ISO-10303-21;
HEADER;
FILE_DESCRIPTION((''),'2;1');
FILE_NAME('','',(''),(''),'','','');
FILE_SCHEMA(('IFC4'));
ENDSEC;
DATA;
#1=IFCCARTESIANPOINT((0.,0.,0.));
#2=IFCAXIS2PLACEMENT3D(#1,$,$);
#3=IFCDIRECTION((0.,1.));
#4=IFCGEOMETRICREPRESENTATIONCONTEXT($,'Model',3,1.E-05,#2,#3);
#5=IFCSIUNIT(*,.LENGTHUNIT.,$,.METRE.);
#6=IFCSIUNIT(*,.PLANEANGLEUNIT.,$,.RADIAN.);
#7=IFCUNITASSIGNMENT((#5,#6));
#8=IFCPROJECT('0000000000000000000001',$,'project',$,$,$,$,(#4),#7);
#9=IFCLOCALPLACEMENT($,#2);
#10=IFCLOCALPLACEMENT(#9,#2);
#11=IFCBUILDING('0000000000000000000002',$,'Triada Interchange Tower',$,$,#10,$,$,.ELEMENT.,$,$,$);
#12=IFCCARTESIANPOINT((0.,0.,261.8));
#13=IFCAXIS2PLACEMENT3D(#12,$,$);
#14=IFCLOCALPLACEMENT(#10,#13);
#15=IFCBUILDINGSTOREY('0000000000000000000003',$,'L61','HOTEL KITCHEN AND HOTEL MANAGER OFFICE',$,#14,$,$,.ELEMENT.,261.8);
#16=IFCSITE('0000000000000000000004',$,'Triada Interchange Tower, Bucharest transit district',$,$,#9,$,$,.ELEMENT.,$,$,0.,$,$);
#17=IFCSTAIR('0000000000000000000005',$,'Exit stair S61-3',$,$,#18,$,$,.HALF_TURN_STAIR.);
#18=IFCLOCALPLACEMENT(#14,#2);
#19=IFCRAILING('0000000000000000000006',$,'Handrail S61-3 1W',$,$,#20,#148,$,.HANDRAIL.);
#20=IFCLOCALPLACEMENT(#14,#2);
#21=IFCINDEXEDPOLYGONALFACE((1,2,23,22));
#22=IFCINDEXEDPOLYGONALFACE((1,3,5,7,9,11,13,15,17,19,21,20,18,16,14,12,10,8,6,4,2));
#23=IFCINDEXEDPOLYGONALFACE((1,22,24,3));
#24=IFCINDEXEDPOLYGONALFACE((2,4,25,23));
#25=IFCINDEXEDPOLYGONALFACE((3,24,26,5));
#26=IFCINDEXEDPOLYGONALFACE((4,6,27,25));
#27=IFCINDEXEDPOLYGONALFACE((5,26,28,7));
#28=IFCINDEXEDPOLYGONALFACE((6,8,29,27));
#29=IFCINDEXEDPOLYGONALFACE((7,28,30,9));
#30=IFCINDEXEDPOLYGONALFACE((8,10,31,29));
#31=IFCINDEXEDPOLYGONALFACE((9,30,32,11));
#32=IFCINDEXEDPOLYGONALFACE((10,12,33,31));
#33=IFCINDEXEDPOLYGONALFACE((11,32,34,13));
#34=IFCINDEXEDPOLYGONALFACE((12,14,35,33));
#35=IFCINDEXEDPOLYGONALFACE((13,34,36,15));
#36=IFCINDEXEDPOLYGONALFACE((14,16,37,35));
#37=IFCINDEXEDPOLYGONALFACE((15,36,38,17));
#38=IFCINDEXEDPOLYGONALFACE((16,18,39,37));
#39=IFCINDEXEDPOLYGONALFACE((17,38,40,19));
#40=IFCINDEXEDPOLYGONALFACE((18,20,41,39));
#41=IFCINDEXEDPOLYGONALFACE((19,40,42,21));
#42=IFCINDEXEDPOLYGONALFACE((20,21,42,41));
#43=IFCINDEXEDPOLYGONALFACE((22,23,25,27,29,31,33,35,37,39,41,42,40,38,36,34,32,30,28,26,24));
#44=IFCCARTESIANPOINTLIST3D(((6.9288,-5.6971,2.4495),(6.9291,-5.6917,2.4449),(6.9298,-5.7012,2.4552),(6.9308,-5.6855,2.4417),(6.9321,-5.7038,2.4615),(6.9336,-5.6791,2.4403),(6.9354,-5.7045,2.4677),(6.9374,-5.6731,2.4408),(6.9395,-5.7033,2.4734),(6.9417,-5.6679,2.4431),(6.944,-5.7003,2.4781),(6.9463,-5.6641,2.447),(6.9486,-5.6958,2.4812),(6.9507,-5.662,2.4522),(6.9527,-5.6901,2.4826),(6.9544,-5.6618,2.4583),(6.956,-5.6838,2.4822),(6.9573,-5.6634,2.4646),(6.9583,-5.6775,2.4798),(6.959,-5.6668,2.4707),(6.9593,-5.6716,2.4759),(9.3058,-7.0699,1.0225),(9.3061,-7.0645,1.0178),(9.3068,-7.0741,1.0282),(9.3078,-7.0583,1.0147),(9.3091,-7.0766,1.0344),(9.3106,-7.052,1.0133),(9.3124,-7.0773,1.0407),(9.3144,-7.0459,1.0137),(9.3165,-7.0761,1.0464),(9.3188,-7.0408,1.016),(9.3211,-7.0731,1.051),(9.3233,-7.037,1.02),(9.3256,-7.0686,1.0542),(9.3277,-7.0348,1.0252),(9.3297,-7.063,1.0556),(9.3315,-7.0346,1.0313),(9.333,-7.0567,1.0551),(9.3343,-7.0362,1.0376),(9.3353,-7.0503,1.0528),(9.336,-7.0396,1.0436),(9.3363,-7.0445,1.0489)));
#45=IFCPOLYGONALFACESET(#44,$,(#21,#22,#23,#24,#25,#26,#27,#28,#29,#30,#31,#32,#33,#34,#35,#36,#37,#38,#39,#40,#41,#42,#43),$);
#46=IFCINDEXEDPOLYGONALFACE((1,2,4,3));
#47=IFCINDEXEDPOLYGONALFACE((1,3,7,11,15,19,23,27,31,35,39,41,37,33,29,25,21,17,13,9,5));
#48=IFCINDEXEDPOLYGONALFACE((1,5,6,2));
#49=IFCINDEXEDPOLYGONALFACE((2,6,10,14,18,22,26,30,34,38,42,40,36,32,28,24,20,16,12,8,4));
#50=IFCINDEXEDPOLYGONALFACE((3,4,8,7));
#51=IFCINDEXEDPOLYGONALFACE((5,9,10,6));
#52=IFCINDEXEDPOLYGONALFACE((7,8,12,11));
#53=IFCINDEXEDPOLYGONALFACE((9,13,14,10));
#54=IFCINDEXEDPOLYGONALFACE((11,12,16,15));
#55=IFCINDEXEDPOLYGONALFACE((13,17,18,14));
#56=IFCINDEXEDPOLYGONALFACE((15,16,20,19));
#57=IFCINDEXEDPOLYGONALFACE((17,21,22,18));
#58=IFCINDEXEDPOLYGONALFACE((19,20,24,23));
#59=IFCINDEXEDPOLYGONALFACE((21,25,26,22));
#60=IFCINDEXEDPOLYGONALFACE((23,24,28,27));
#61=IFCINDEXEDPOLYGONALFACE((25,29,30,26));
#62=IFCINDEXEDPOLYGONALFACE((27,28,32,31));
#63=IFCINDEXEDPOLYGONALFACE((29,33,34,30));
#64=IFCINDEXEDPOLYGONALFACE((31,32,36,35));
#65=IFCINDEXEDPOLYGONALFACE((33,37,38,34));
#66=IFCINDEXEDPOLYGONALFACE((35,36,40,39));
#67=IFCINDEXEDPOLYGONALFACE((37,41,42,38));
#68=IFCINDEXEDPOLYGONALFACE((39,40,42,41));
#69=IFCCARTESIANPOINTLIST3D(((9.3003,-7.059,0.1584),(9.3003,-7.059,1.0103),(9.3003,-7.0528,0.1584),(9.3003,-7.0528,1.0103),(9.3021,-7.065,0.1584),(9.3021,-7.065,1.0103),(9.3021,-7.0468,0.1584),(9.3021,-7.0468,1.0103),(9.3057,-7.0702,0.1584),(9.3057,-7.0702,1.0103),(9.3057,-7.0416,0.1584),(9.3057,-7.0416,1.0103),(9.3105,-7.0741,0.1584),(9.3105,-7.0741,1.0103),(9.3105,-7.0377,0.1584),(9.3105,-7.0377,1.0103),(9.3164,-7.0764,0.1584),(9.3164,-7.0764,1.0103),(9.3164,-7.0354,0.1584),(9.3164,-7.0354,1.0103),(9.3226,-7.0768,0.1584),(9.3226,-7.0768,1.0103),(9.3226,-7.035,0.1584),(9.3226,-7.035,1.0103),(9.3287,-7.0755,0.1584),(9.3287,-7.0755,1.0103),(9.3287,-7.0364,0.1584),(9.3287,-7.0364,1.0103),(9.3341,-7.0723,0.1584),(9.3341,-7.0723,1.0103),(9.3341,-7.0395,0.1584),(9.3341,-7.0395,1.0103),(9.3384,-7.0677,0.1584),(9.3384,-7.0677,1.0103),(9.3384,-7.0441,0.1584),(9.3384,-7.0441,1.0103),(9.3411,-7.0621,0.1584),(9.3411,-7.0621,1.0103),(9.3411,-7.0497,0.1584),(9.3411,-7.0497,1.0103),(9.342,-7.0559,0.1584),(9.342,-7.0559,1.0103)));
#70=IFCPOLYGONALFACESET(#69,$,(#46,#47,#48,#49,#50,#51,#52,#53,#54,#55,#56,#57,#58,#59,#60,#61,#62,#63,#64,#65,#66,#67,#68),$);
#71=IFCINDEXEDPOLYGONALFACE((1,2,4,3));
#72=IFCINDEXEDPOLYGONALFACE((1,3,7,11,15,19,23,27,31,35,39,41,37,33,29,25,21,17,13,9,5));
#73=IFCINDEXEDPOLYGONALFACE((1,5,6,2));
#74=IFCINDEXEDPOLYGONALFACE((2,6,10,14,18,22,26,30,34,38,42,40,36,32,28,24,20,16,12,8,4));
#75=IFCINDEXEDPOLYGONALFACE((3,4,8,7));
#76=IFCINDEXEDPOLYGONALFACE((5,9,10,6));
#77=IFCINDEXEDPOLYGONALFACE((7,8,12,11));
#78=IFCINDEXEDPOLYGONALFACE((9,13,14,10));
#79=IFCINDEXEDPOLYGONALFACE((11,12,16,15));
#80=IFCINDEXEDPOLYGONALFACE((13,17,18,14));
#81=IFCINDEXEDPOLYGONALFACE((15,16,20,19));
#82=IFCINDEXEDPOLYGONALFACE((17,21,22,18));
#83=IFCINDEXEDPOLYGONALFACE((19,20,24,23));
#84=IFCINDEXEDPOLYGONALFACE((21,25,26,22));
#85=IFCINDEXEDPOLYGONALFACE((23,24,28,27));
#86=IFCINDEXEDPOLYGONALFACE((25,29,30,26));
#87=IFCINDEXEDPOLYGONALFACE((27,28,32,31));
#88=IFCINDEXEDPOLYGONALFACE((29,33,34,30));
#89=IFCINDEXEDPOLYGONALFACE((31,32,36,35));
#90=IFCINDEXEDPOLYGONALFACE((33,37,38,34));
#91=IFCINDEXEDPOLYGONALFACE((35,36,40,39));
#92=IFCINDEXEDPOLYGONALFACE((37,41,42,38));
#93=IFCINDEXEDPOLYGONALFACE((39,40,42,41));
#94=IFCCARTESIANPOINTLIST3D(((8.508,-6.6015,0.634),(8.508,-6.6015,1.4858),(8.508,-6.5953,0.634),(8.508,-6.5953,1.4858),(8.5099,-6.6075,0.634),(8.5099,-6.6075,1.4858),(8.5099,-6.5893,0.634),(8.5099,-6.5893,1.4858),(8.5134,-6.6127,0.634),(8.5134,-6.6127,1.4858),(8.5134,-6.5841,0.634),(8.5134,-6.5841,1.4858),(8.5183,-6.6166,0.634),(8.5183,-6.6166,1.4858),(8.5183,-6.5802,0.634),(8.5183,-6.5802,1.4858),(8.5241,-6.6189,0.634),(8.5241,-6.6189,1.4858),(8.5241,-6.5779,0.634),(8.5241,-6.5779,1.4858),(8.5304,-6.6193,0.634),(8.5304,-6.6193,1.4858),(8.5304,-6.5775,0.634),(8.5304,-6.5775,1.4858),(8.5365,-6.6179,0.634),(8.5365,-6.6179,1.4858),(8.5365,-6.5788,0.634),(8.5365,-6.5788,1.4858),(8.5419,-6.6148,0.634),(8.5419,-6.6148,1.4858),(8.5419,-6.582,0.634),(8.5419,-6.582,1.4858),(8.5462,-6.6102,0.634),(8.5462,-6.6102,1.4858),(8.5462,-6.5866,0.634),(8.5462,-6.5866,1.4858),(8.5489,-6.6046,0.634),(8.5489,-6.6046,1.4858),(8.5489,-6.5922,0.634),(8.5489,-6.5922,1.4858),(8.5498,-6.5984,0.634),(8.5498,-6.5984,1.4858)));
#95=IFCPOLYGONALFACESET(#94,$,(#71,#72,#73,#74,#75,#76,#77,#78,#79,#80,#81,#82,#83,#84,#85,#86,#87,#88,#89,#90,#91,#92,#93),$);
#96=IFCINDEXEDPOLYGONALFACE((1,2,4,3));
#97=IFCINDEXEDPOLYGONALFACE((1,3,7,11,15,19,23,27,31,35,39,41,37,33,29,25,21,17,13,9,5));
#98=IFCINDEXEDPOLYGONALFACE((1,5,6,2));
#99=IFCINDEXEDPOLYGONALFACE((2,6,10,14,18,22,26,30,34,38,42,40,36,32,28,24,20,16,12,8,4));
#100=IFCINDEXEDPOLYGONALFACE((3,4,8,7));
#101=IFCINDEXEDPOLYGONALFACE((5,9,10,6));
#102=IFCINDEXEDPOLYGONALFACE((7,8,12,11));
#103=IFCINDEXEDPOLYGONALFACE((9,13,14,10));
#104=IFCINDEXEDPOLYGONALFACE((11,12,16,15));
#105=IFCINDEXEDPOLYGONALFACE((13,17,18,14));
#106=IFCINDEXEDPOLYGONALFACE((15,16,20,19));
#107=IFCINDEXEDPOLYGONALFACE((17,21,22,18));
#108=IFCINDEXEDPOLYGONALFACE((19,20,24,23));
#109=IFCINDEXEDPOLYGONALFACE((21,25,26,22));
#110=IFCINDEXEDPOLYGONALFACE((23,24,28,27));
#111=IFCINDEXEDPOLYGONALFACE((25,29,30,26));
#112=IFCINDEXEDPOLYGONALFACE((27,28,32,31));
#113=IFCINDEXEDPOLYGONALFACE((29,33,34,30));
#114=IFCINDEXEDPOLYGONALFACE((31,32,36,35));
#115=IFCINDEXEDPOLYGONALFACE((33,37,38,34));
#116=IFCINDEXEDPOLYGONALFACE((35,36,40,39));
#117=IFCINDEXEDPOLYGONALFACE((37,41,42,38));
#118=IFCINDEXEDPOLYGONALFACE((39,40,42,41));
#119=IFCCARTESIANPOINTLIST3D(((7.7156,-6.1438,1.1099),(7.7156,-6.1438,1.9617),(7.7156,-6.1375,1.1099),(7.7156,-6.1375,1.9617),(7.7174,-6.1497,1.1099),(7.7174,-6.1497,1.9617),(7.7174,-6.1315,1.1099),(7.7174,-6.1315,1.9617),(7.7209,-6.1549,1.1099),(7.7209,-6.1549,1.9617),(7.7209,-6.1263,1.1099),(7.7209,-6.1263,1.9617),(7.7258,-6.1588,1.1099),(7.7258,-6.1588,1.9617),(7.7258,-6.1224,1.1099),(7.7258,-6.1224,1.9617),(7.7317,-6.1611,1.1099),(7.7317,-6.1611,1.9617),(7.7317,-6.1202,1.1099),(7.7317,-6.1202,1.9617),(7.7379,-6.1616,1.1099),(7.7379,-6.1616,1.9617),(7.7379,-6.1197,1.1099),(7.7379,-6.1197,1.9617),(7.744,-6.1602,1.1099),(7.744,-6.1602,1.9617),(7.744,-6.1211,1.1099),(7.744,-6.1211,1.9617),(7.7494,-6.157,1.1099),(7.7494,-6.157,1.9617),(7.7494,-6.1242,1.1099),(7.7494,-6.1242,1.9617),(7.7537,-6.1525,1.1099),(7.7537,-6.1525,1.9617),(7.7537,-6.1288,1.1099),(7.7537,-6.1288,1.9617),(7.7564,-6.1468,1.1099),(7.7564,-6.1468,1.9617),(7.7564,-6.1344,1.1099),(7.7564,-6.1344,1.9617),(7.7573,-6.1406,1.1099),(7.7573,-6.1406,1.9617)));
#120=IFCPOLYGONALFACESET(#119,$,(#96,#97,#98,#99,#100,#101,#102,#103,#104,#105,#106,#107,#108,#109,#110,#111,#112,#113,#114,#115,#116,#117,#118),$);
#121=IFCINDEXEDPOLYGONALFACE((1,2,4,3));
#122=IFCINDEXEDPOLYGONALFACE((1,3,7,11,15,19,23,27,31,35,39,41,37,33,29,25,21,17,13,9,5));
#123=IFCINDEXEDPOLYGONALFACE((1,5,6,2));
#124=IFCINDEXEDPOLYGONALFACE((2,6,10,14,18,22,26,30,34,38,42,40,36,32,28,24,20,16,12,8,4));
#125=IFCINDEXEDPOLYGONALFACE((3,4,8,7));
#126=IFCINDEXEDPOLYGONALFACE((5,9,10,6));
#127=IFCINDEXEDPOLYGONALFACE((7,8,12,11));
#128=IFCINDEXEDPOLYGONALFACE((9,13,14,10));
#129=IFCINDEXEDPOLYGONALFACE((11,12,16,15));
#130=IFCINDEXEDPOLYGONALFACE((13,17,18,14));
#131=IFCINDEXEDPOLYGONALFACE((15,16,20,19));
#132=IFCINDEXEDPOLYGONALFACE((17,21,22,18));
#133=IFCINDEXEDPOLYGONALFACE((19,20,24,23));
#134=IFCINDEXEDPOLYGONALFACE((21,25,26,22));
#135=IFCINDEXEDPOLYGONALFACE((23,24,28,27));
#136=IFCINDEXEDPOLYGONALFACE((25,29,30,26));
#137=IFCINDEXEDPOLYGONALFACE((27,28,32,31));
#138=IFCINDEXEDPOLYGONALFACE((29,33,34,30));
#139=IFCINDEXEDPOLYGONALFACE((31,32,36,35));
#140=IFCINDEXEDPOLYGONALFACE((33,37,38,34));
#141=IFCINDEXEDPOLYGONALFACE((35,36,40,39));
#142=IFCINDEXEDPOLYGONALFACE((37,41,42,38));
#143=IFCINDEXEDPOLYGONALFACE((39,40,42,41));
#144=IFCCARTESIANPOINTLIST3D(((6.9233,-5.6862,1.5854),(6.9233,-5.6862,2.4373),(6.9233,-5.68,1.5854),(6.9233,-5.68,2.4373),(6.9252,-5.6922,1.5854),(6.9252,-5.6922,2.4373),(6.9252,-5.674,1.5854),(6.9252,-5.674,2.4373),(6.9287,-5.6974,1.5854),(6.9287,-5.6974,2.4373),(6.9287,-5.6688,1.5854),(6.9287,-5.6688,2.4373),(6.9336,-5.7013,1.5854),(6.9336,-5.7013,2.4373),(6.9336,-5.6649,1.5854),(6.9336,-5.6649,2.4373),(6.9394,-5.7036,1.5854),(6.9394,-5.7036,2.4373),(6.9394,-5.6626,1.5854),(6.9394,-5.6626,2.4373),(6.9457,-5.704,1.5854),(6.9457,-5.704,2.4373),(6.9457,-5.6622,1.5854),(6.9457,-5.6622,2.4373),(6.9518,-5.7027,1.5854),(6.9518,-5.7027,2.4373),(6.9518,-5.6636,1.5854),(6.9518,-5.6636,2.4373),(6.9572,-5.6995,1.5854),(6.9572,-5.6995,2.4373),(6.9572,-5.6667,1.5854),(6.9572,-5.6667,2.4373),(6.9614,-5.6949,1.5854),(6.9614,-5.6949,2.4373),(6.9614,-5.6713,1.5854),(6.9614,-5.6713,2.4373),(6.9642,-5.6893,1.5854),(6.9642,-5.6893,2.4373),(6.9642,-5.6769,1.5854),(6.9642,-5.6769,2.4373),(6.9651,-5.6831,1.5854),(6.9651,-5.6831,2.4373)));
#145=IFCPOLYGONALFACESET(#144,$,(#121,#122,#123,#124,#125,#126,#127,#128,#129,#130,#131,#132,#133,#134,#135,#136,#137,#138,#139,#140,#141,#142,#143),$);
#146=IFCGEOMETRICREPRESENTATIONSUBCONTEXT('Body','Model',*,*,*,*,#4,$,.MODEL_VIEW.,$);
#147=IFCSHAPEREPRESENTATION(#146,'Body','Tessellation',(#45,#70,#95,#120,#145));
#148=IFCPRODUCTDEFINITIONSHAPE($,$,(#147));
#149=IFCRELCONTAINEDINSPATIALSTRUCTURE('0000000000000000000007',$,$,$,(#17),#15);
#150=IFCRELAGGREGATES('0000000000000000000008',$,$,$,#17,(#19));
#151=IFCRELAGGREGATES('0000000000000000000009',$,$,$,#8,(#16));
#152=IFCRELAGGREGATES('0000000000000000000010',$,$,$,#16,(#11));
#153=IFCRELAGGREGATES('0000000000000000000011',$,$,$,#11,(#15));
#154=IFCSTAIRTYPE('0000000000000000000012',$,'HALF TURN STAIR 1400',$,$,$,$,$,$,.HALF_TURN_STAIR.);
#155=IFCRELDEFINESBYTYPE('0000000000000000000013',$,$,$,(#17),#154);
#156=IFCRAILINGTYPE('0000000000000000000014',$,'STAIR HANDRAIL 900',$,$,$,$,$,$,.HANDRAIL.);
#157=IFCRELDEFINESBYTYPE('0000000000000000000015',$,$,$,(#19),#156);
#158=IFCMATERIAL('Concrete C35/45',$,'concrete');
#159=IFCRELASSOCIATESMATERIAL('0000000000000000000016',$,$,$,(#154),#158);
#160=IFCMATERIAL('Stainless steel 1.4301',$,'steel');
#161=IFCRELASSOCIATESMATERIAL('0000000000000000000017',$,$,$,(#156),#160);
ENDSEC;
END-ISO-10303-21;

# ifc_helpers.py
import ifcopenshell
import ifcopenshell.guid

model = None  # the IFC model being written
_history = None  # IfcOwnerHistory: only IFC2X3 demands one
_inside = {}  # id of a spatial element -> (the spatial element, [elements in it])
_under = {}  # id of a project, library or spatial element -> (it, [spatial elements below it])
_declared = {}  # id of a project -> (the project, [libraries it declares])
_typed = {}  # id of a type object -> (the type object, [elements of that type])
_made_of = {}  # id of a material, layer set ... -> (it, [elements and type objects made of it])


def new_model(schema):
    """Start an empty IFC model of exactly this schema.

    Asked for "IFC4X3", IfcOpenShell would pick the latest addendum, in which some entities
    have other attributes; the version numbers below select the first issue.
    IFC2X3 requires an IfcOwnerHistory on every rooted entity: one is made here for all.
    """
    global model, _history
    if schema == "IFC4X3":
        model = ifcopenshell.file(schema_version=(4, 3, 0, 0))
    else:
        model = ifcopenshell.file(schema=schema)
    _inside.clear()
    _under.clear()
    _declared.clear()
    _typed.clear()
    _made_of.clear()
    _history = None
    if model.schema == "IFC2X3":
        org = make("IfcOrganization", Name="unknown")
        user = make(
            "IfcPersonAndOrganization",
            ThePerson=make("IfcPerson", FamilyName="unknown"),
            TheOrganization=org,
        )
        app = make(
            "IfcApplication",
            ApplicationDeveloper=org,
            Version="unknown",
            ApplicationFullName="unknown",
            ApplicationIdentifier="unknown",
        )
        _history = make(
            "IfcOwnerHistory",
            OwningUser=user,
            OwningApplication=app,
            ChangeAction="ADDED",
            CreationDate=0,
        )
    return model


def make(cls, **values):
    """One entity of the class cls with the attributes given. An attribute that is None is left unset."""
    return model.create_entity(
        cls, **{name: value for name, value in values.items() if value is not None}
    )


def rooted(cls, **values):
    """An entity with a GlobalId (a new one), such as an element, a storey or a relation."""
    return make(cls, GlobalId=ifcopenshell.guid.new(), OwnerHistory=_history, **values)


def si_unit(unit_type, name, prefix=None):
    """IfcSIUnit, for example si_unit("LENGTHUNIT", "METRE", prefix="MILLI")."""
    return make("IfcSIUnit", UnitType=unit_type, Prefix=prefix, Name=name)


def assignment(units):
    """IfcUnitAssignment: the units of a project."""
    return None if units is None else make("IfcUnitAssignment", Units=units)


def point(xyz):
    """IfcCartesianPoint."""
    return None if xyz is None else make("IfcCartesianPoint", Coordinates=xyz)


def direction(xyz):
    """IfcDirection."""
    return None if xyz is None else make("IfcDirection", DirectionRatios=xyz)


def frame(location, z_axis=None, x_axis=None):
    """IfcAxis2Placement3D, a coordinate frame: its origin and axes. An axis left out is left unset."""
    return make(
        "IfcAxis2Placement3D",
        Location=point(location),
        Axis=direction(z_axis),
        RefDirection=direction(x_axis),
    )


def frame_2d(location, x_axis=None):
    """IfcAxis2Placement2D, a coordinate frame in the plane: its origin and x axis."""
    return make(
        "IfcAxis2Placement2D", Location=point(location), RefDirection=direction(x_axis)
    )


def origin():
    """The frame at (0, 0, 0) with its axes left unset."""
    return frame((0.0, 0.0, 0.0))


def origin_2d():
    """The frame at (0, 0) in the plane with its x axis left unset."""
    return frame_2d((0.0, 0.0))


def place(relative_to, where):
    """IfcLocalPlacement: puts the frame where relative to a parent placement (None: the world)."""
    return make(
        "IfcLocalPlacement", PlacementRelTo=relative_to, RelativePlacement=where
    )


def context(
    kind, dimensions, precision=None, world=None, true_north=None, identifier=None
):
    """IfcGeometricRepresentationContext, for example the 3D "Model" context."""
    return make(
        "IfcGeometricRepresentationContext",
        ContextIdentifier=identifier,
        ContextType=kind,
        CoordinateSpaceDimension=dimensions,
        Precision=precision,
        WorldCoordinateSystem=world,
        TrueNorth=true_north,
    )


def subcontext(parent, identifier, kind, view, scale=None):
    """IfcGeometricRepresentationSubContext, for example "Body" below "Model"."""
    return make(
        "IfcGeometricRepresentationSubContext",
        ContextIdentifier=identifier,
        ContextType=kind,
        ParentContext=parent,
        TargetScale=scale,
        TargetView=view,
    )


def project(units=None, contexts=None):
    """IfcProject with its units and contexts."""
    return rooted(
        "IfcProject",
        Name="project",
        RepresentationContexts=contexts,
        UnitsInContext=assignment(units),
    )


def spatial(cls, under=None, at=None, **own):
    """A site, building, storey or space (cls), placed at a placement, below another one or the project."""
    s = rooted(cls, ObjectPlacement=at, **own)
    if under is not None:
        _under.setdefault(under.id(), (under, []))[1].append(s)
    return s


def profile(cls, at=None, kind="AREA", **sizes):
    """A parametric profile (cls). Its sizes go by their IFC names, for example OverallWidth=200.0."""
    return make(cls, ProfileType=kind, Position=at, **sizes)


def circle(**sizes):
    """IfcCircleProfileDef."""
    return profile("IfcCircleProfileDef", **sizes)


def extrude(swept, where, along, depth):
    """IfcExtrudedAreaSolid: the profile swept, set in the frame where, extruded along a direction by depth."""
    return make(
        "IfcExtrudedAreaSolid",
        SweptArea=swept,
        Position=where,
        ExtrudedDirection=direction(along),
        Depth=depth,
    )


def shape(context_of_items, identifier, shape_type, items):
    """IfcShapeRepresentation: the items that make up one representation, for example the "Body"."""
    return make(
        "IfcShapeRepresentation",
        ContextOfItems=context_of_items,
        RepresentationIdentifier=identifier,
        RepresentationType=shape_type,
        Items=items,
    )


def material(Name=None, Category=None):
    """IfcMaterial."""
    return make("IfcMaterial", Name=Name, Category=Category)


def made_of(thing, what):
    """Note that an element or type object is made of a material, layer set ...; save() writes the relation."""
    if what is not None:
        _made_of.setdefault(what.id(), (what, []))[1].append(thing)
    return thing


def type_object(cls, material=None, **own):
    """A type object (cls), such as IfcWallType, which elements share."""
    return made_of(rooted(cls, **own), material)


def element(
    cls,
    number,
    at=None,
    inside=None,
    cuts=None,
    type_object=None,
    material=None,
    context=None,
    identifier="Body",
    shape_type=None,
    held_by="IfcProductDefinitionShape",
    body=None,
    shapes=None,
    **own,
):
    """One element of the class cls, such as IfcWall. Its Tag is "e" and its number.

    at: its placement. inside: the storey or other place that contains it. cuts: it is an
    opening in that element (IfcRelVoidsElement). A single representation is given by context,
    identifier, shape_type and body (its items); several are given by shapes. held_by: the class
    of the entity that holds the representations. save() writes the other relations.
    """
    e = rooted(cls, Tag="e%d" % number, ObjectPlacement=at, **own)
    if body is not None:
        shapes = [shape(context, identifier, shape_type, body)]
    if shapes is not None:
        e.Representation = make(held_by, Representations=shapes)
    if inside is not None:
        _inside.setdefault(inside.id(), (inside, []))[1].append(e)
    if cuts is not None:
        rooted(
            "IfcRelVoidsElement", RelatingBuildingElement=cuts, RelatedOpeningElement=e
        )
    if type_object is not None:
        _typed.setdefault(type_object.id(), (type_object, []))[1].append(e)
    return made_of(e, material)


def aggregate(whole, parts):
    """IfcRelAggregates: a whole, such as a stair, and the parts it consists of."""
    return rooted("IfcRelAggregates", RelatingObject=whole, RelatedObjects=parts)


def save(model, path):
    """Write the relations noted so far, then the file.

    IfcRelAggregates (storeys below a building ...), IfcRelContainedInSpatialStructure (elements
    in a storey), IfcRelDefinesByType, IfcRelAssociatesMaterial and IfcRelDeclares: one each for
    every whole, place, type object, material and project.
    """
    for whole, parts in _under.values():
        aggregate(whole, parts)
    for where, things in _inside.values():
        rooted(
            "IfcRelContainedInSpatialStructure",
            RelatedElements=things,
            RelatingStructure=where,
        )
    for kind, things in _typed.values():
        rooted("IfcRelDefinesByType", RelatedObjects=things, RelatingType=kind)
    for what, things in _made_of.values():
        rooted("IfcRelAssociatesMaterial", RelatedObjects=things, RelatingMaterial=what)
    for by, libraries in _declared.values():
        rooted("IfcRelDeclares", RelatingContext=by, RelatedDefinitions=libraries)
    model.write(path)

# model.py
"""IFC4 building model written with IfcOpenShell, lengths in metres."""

from ifc_helpers import new_model, si_unit, direction, frame, origin, origin_2d, place, context, subcontext, project, spatial, circle, extrude, material, type_object, element, aggregate, save


model = new_model("IFC4")

# Units and contexts
model_context = context("Model", 3, precision=1e-05, world=origin(), true_north=direction((0.0, 1.0)))
body_context = subcontext(model_context, "Body", "Model", "MODEL_VIEW")
ifc_project = project(units=[si_unit("LENGTHUNIT", "METRE"), si_unit("PLANEANGLEUNIT", "RADIAN")], contexts=[model_context])

# Site, building, storey
site_placement = place(None, origin())
site = spatial("IfcSite", under=ifc_project, at=site_placement, Name="Triada Interchange Tower, Bucharest transit district", CompositionType="ELEMENT", RefElevation=0.0)
building_placement = place(site_placement, origin())
building = spatial("IfcBuilding", under=site, at=building_placement, Name="Triada Interchange Tower", CompositionType="ELEMENT")
storey_placement = place(building_placement, frame((0.0, 0.0, 261.8)))
storey = spatial("IfcBuildingStorey", under=building, at=storey_placement, Name="L61", Description="HOTEL KITCHEN AND HOTEL MANAGER OFFICE", CompositionType="ELEMENT", Elevation=261.8)

# Shared definitions
ifc_material_1 = material(Name="Concrete C35/45", Category="concrete")

# Stair, railing
stair_type = type_object("IfcStairType", Name="HALF TURN STAIR 1400", PredefinedType="HALF_TURN_STAIR", material=ifc_material_1)
stair_placement = place(storey_placement, origin())
stair = element("IfcStair", 1, at=stair_placement, inside=storey, type_object=stair_type, Name="Exit stair S61-3", PredefinedType="HALF_TURN_STAIR")
ifc_material_2 = material(Name="Stainless steel 1.4301", Category="steel")
railing_type_1 = type_object("IfcRailingType", Name="STAIR HANDRAIL 900", PredefinedType="HANDRAIL", material=ifc_material_2)
railing_1_placement = place(storey_placement, frame((9.321, -7.0559, 0.1584)))
railing_1 = element("IfcRailing", 2, at=railing_1_placement, type_object=railing_type_1, Name="Handrail S61-3 1W", PredefinedType="HANDRAIL", context=body_context, shape_type="SweptSolid", body=[
    extrude(circle(Radius=0.0239, at=origin_2d()), frame((0.0, 0.0, 0.876), z_axis=(-0.768327, 0.443745, 0.461264), x_axis=(-0.500128, -0.865952, 0.0)), (0.0, 0.0, 1.0), 3.0938),
    extrude(circle(Radius=0.021, at=origin_2d()), origin(), (0.0, 0.0, 1.0), 0.8518),
    extrude(circle(Radius=0.021, at=origin_2d()), frame((-0.7922, 0.4575, 0.4756)), (0.0, 0.0, 1.0), 0.8518),
    extrude(circle(Radius=0.021, at=origin_2d()), frame((-1.5847, 0.9153, 0.9514)), (0.0, 0.0, 1.0), 0.8518),
    extrude(circle(Radius=0.021, at=origin_2d()), frame((-2.377, 1.3728, 1.427)), (0.0, 0.0, 1.0), 0.8518),
])
aggregate(stair, [railing_1])

save(model, "model.ifc")
